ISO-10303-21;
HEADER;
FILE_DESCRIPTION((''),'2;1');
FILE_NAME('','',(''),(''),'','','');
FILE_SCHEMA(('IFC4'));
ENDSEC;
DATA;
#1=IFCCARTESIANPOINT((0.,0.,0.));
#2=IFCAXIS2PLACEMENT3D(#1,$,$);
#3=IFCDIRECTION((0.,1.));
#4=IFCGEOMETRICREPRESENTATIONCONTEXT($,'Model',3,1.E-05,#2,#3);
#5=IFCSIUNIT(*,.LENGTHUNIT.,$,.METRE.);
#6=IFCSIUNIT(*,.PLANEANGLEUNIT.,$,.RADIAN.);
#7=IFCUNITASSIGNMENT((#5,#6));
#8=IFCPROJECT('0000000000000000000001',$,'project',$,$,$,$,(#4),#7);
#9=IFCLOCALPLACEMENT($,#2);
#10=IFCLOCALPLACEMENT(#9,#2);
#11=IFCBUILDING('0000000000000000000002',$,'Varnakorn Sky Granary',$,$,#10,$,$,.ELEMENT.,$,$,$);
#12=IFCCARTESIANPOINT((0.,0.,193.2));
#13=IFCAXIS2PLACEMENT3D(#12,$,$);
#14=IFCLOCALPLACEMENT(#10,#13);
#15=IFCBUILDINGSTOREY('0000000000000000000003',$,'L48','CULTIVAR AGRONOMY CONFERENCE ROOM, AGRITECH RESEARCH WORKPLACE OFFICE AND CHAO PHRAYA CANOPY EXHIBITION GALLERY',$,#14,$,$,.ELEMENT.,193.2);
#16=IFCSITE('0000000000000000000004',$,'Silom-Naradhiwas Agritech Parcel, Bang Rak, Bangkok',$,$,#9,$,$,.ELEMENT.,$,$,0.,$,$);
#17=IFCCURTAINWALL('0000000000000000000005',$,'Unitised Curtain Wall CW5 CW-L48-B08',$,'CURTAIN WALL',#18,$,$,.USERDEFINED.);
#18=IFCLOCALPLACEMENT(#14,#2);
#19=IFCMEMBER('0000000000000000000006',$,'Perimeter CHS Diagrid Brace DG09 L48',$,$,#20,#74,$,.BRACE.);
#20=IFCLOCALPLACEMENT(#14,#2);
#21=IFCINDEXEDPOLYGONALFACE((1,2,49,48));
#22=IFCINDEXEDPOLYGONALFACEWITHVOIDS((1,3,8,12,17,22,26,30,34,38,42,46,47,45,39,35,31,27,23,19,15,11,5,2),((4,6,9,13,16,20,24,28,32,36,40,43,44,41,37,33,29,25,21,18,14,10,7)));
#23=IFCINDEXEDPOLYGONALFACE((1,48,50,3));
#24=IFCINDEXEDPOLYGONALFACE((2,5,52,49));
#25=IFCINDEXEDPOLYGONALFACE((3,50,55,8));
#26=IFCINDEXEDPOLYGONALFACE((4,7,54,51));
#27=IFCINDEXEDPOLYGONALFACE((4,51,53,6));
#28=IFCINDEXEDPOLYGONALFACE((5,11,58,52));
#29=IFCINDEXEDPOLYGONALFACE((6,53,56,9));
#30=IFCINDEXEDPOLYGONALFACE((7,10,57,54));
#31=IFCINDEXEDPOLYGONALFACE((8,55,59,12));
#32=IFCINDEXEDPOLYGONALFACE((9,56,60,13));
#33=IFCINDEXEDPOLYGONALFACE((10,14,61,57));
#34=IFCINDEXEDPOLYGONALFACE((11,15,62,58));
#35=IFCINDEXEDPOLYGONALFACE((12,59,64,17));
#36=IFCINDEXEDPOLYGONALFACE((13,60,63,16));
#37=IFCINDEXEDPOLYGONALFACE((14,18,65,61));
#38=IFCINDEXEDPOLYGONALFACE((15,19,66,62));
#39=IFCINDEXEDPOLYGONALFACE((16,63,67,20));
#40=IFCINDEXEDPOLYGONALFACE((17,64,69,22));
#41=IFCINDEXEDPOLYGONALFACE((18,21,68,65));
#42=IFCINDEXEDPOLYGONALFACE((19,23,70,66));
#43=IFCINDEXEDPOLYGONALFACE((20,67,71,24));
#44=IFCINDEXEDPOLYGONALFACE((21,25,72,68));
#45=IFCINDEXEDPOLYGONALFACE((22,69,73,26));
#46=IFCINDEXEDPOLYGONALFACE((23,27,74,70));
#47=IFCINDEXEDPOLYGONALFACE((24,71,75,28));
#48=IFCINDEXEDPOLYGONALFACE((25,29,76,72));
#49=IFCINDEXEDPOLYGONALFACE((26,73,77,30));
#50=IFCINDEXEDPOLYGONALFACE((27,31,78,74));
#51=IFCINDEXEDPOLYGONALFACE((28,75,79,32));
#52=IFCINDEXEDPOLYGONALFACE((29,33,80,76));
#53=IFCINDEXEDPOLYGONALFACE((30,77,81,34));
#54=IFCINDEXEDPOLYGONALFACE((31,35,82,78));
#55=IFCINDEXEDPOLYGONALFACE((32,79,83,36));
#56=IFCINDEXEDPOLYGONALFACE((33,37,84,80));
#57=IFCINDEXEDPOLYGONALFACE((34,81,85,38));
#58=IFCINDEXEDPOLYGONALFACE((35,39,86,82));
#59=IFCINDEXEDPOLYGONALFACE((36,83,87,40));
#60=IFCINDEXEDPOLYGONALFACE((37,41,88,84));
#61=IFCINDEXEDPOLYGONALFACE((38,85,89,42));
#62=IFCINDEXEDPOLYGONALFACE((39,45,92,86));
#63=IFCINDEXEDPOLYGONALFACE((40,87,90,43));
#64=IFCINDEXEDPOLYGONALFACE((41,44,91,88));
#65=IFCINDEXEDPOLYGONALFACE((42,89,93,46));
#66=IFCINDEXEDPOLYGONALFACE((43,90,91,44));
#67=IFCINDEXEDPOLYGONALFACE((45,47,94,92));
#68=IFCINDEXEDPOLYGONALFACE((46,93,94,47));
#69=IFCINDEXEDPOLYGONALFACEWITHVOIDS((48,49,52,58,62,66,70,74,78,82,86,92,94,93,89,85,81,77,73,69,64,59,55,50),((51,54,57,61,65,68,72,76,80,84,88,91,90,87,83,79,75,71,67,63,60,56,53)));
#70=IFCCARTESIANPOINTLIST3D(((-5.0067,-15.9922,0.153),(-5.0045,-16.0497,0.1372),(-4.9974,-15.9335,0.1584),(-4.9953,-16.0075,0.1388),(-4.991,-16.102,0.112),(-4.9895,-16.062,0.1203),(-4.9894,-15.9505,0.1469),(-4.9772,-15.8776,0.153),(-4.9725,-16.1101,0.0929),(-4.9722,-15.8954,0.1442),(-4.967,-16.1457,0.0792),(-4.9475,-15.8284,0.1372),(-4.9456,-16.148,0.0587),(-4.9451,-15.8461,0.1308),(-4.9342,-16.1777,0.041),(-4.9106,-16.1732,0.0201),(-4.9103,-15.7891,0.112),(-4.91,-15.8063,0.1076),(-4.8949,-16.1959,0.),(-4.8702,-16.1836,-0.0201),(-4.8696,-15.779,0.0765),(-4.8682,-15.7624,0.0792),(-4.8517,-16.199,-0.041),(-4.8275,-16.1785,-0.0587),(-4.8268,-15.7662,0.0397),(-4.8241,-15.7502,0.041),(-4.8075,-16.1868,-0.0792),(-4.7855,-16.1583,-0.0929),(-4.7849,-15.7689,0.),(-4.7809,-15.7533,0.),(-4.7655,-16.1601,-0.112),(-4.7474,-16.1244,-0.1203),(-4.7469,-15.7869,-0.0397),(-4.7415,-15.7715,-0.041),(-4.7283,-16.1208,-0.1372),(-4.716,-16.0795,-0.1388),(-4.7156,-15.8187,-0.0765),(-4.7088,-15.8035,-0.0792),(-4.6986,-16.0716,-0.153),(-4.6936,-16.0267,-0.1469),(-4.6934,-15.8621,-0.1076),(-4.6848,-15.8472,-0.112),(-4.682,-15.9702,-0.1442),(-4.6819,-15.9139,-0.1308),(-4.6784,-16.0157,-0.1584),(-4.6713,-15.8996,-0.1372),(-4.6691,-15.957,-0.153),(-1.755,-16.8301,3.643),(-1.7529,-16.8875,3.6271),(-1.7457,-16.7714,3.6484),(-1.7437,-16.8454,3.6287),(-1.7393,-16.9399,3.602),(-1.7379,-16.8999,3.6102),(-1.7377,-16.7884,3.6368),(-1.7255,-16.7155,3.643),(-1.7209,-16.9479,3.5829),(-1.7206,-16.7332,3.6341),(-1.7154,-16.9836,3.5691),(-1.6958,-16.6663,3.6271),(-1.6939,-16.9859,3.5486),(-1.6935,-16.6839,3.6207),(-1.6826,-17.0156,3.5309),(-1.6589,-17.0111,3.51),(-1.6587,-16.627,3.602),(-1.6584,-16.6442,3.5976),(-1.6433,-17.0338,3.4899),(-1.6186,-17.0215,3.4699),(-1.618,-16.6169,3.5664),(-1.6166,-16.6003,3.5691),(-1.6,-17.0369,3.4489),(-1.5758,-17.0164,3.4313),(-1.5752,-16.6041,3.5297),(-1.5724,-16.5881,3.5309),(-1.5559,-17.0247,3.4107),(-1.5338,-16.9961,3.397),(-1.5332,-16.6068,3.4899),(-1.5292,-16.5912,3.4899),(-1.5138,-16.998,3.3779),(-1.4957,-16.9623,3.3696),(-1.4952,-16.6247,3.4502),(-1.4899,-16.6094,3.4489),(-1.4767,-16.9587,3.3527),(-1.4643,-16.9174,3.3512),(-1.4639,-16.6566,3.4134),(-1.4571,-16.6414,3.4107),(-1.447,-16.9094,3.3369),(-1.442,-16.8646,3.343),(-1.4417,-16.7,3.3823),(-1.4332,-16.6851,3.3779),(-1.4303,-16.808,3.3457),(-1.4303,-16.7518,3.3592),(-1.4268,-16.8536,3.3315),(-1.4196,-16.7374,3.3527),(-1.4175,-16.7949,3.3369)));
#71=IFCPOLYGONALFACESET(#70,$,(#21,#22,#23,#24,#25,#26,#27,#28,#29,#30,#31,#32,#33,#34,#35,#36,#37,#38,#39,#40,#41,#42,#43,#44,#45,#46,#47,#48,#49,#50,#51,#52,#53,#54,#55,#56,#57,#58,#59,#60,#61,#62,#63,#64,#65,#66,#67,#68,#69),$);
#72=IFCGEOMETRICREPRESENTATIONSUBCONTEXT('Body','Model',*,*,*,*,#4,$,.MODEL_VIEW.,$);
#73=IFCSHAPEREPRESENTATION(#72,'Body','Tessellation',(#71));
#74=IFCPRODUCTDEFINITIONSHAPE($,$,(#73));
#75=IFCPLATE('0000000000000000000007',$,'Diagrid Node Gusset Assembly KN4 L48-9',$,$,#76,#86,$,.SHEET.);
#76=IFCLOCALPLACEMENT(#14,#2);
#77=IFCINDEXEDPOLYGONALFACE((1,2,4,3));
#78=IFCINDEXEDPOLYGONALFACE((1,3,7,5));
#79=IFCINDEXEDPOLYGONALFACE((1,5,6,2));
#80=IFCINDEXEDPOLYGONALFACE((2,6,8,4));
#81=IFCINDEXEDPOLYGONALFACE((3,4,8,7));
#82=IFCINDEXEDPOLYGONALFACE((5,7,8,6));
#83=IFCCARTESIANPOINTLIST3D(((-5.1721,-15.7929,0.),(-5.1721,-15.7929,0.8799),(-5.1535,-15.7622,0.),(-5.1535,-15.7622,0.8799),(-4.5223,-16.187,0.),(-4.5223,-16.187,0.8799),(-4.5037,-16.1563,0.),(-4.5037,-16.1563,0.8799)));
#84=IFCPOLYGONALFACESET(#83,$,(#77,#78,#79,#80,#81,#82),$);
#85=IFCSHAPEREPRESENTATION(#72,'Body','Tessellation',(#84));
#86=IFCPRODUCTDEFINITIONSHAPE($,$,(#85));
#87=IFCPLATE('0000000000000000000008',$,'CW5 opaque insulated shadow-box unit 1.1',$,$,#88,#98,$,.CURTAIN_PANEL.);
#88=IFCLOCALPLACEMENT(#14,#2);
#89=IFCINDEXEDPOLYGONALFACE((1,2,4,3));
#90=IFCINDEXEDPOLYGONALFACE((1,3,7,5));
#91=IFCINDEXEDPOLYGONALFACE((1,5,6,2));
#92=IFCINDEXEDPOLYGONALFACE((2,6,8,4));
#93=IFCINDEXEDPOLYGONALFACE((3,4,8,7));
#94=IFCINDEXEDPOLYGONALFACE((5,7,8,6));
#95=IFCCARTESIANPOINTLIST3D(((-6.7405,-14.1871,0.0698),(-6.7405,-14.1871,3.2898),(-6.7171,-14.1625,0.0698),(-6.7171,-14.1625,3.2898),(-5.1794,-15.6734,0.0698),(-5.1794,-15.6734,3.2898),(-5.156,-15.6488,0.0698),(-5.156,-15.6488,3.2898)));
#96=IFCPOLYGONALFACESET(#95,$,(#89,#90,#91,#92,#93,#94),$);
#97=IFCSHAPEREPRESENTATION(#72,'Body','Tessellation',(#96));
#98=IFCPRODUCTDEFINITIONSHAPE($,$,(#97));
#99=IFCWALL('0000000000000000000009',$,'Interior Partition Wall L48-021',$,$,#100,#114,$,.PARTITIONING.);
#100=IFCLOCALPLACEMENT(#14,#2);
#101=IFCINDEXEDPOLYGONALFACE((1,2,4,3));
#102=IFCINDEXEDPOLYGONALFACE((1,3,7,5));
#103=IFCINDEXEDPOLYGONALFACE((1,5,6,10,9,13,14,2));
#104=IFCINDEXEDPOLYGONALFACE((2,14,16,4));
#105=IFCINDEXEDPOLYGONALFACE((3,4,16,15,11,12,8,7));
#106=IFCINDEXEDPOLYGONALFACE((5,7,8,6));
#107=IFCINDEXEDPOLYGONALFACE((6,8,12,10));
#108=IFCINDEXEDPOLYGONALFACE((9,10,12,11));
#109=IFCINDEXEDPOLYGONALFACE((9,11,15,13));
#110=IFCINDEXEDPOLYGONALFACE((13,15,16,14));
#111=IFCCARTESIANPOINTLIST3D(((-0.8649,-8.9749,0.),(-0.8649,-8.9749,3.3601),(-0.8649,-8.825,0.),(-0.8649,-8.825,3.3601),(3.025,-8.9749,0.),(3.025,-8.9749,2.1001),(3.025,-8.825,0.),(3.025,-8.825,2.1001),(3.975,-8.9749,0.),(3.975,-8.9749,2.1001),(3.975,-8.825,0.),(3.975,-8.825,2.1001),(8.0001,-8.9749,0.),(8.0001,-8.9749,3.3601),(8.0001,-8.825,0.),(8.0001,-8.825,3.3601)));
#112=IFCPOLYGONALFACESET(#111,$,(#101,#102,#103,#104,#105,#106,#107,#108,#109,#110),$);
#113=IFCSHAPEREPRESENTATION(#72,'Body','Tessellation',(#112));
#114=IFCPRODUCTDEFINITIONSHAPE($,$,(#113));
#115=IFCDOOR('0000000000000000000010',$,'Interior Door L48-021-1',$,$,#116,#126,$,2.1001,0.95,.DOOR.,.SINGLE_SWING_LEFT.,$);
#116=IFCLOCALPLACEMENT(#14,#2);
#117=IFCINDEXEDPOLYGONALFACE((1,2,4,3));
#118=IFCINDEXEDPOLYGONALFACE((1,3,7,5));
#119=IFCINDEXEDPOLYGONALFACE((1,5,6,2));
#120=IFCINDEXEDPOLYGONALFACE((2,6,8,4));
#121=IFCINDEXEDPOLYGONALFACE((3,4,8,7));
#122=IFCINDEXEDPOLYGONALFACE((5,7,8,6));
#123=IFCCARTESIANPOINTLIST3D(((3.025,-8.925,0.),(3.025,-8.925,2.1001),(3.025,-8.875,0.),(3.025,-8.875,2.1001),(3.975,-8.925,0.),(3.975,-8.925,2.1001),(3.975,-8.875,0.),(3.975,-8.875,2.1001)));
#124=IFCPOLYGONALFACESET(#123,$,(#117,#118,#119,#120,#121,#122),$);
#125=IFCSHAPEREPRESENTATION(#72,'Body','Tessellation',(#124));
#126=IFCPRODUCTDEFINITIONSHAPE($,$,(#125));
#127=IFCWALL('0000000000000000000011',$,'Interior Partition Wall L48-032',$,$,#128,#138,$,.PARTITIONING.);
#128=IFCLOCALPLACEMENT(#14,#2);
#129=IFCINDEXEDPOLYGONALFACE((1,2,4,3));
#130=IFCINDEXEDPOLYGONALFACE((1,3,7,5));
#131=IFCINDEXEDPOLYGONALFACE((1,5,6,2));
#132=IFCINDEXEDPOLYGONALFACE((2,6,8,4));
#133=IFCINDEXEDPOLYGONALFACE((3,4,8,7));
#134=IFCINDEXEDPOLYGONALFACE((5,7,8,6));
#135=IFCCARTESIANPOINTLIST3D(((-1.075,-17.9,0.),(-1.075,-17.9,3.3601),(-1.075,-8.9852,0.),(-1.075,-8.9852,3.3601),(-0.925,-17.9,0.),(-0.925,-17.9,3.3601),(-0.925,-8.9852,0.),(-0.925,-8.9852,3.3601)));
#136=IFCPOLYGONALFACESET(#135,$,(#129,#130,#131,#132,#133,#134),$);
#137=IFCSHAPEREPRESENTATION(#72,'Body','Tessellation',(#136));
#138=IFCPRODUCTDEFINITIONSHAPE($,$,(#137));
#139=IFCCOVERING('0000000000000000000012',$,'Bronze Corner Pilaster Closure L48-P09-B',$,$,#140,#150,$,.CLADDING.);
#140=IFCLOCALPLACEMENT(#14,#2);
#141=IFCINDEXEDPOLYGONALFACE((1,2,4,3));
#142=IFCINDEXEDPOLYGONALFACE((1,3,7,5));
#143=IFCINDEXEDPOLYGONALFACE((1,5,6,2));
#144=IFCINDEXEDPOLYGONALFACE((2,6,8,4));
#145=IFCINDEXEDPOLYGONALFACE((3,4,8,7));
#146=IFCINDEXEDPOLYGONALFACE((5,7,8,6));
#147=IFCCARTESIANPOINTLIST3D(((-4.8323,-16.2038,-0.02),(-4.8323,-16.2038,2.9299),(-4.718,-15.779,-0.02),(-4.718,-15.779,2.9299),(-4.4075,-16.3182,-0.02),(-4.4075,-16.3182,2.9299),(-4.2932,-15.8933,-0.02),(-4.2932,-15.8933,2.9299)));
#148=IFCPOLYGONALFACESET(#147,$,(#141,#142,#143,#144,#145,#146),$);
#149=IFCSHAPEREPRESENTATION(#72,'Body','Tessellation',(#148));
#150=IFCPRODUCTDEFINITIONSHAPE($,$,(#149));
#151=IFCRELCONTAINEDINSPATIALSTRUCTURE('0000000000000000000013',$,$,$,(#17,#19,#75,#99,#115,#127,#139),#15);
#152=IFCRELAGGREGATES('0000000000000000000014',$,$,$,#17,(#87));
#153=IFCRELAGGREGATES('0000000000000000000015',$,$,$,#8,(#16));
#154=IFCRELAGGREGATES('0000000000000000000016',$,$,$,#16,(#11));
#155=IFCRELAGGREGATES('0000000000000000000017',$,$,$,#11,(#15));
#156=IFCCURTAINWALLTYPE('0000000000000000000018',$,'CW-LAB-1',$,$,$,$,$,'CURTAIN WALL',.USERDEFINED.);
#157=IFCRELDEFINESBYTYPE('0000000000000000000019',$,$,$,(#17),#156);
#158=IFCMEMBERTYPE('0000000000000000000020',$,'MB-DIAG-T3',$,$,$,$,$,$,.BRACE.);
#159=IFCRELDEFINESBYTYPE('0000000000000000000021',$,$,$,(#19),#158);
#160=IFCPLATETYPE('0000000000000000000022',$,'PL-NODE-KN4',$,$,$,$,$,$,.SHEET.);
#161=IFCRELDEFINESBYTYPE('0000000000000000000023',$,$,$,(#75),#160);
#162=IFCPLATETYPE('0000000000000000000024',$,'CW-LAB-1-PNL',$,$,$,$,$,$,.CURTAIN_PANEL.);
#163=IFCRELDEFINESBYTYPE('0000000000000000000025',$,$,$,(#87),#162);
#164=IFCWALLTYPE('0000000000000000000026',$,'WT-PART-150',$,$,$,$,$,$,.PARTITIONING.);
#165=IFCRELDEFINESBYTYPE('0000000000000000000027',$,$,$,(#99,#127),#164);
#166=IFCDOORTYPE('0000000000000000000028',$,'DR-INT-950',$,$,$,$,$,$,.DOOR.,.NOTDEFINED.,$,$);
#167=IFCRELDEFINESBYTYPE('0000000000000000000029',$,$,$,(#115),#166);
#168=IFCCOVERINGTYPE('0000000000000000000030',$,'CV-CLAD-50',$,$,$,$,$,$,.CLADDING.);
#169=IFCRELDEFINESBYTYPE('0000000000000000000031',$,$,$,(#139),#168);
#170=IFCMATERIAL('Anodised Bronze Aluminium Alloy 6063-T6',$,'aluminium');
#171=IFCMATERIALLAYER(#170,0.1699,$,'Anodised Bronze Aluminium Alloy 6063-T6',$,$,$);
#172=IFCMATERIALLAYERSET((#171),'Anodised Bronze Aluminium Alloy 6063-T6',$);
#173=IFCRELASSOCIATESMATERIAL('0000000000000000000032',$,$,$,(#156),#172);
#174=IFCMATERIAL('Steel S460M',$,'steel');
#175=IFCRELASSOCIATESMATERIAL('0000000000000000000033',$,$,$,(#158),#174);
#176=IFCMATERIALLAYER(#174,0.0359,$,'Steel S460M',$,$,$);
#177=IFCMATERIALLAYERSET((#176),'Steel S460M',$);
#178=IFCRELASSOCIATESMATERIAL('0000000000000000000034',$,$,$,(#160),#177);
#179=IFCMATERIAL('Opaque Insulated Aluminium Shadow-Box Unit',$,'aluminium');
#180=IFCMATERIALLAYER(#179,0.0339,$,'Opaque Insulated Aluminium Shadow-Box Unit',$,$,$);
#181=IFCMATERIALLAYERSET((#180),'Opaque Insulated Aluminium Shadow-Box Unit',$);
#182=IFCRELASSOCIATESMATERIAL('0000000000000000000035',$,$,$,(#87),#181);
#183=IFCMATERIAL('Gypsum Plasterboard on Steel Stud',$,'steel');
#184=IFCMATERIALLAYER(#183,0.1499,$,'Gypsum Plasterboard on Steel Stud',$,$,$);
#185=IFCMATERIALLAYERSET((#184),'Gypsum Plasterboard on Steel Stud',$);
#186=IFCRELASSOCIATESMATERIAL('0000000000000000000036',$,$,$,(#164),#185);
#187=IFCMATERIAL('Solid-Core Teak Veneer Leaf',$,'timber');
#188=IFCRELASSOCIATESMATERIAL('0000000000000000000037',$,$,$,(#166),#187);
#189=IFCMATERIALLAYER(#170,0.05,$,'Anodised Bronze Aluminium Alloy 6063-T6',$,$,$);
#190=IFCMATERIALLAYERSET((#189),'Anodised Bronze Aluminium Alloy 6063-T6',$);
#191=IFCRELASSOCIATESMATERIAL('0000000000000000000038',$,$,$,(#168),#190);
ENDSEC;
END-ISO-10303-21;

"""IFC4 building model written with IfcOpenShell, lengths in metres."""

from ifc_helpers import new_model, si_unit, direction, frame, frame_2d, origin, origin_2d, place, context, subcontext, project, spatial, rectangle, hollow_circle, extrude, source, transform, mapped, material, layer, layer_set, material_profile, profile_set, type_object, type_shapes, element, fill, aggregate, save


model = new_model("IFC4")

# Units and contexts
model_context = context("Model", 3, precision=1e-05, world=origin(), true_north=direction((0.0, 1.0)))
body_context = subcontext(model_context, "Body", "Model", "MODEL_VIEW")
ifc_project = project(units=[si_unit("LENGTHUNIT", "METRE"), si_unit("PLANEANGLEUNIT", "RADIAN")], contexts=[model_context])

# Site, building, storey
site_placement = place(None, origin())
site = spatial("IfcSite", under=ifc_project, at=site_placement, Name="Silom-Naradhiwas Agritech Parcel, Bang Rak, Bangkok", CompositionType="ELEMENT", RefElevation=0.0)
building_placement = place(site_placement, origin())
building = spatial("IfcBuilding", under=site, at=building_placement, Name="Varnakorn Sky Granary", CompositionType="ELEMENT")
storey_placement = place(building_placement, frame((0.0, 0.0, 193.2)))
storey = spatial("IfcBuildingStorey", under=building, at=storey_placement, Name="L48", Description="CULTIVAR AGRONOMY CONFERENCE ROOM, AGRITECH RESEARCH WORKPLACE OFFICE AND CHAO PHRAYA CANOPY EXHIBITION GALLERY", CompositionType="ELEMENT", Elevation=193.2)

# Shared definitions
ifc_material_1 = material(Name="Steel S460M", Category="steel")

# Curtain wall
ifc_material_2 = material(Name="Anodised Bronze Aluminium Alloy 6063-T6", Category="aluminium")
ifc_layer_1 = layer(ifc_material_2, 0.1699, Name="Anodised Bronze Aluminium Alloy 6063-T6")
ifc_layer_set_1 = layer_set([ifc_layer_1], Name="Anodised Bronze Aluminium Alloy 6063-T6")
curtain_wall_type = type_object("IfcCurtainWallType", Name="CW-LAB-1", ElementType="CURTAIN WALL", PredefinedType="USERDEFINED", material=ifc_layer_set_1)
curtain_wall_placement = place(storey_placement, origin())
curtain_wall = element("IfcCurtainWall", 1, at=curtain_wall_placement, inside=storey, type_object=curtain_wall_type, Name="Unitised Curtain Wall CW5 CW-L48-B08", ObjectType="CURTAIN WALL", PredefinedType="USERDEFINED")

# Member
ifc_material_profile_1 = material_profile(ifc_material_1, hollow_circle(Radius=0.2285, WallThickness=0.0161, at=origin_2d()), Name="CHS 457x16")
ifc_profile_set_1 = profile_set([ifc_material_profile_1], Name="Steel S460M")
member_type_1 = type_object("IfcMemberType", Name="MB-DIAG-T3", PredefinedType="BRACE", material=ifc_profile_set_1)
member_1_placement = place(storey_placement, frame((-4.8379, -15.9746, 0.0), z_axis=(0.671409, -0.173007, 0.720609), x_axis=(0.249526, 0.968368, 0.0)))
element("IfcMember", 2, at=member_1_placement, inside=storey, type_object=member_type_1, Name="Perimeter CHS Diagrid Brace DG09 L48", PredefinedType="BRACE", context=body_context, shape_type="SweptSolid", body=[
    extrude(hollow_circle(Radius=0.2285, WallThickness=0.0161, at=origin_2d()), origin(), (0.0, 0.0, 1.0), 4.843),
])

# Plates
ifc_layer_2 = layer(ifc_material_1, 0.0359, Name="Steel S460M")
ifc_layer_set_2 = layer_set([ifc_layer_2], Name="Steel S460M")
plate_type_1 = type_object("IfcPlateType", Name="PL-NODE-KN4", PredefinedType="SHEET", material=ifc_layer_set_2)
plate_1_placement = place(storey_placement, frame((-4.8379, -15.9746, 0.0), z_axis=(0.0, 0.0, 1.0), x_axis=(0.855047, -0.518551, 0.0)))
element("IfcPlate", 3, at=plate_1_placement, inside=storey, type_object=plate_type_1, Name="Diagrid Node Gusset Assembly KN4 L48-9", PredefinedType="SHEET", context=body_context, shape_type="SweptSolid", body=[
    extrude(rectangle(XDim=0.76, YDim=0.0359, at=origin_2d()), origin(), (0.0, 0.0, 1.0), 0.8799),
])
ifc_material_3 = material(Name="Opaque Insulated Aluminium Shadow-Box Unit", Category="aluminium")
ifc_layer_3 = layer(ifc_material_3, 0.0339, Name="Opaque Insulated Aluminium Shadow-Box Unit")
ifc_layer_set_3 = layer_set([ifc_layer_3], Name="Opaque Insulated Aluminium Shadow-Box Unit")
plate_type_2 = type_object("IfcPlateType", Name="CW-LAB-1-PNL", PredefinedType="CURTAIN_PANEL")
shared_shape_1 = source(origin(), body_context, "Body", "SweptSolid", [
    extrude(rectangle(XDim=2.1555, YDim=0.0339, at=origin_2d()), origin(), (0.0, 0.0, 1.0), 3.22),
])
type_shapes(plate_type_2, [shared_shape_1])
plate_2_placement = place(storey_placement, frame((-5.9482, -14.918, 0.0698), z_axis=(0.0, 0.0, 1.0), x_axis=(-0.72427, 0.689516, 0.0)))
plate_2 = element("IfcPlate", 4, at=plate_2_placement, type_object=plate_type_2, material=ifc_layer_set_3, Name="CW5 opaque insulated shadow-box unit 1.1", PredefinedType="CURTAIN_PANEL", context=body_context, shape_type="MappedRepresentation", body=[
    mapped(shared_shape_1, transform((0.0, 0.0, 0.0), x_axis=(1.0, 0.0, 0.0), y_axis=(0.0, 1.0, 0.0), z_axis=(0.0, 0.0, 1.0), scale=1.0)),
])
aggregate(curtain_wall, [plate_2])

# Wall, opening, door
ifc_material_4 = material(Name="Gypsum Plasterboard on Steel Stud", Category="steel")
ifc_layer_4 = layer(ifc_material_4, 0.1499, Name="Gypsum Plasterboard on Steel Stud")
ifc_layer_set_4 = layer_set([ifc_layer_4], Name="Gypsum Plasterboard on Steel Stud")
wall_type = type_object("IfcWallType", Name="WT-PART-150", PredefinedType="PARTITIONING", material=ifc_layer_set_4)
wall_1_placement = place(storey_placement, frame((-0.865, -8.8999, 0.0), z_axis=(0.0, 0.0, 1.0), x_axis=(1.0, 0.0, 0.0)))
wall_1 = element("IfcWall", 5, at=wall_1_placement, inside=storey, type_object=wall_type, Name="Interior Partition Wall L48-021", PredefinedType="PARTITIONING", context=body_context, shape_type="SweptSolid", body=[
    extrude(rectangle(XDim=8.865, YDim=0.1499, at=frame_2d((4.4326, 0.0))), origin(), (0.0, 0.0, 1.0), 3.3601),
])
opening_placement = place(wall_1_placement, frame((3.8899, 0.0, 0.0)))
opening = element("IfcOpeningElement", 6, at=opening_placement, cuts=wall_1, PredefinedType="OPENING", context=body_context, shape_type="SweptSolid", body=[
    extrude(rectangle(XDim=0.95, YDim=2.1001, at=frame_2d((0.4751, 1.05))), frame((0.0, 0.085, 0.0), z_axis=(0.0, -1.0, 0.0), x_axis=(1.0, 0.0, 0.0)), (0.0, 0.0, 1.0), 0.1699),
])
ifc_material_5 = material(Name="Solid-Core Teak Veneer Leaf", Category="timber")
door_type = type_object("IfcDoorType", Name="DR-INT-950", OperationType="NOTDEFINED", PredefinedType="DOOR", material=ifc_material_5)
door_placement = place(opening_placement, origin())
door = element("IfcDoor", 7, at=door_placement, inside=storey, type_object=door_type, Name="Interior Door L48-021-1", OperationType="SINGLE_SWING_LEFT", OverallHeight=2.1001, OverallWidth=0.95, PredefinedType="DOOR", context=body_context, shape_type="SweptSolid", body=[
    extrude(rectangle(XDim=0.95, YDim=2.1001, at=frame_2d((0.4751, 1.05))), frame((0.0, 0.0249, 0.0), z_axis=(0.0, -1.0, 0.0), x_axis=(1.0, 0.0, 0.0)), (0.0, 0.0, 1.0), 0.05),
])
fill(opening, door)

# Wall
wall_2_placement = place(storey_placement, frame((-1.0, -8.9851, 0.0), z_axis=(0.0, 0.0, 1.0), x_axis=(0.0, -1.0, 0.0)))
element("IfcWall", 8, at=wall_2_placement, inside=storey, type_object=wall_type, Name="Interior Partition Wall L48-032", PredefinedType="PARTITIONING", context=body_context, shape_type="SweptSolid", body=[
    extrude(rectangle(XDim=8.9148, YDim=0.1499, at=frame_2d((4.4575, 0.0))), origin(), (0.0, 0.0, 1.0), 3.3601),
])

# Covering
ifc_layer_5 = layer(ifc_material_2, 0.05, Name="Anodised Bronze Aluminium Alloy 6063-T6")
ifc_layer_set_5 = layer_set([ifc_layer_5], Name="Anodised Bronze Aluminium Alloy 6063-T6")
covering_type = type_object("IfcCoveringType", Name="CV-CLAD-50", PredefinedType="CLADDING", material=ifc_layer_set_5)
shared_shape_2 = source(origin(), body_context, "Body", "SweptSolid", [
    extrude(rectangle(XDim=0.4399, YDim=0.4399, at=origin_2d()), origin(), (0.0, 0.0, 1.0), 2.95),
])
type_shapes(covering_type, [shared_shape_2])
covering_placement = place(storey_placement, frame((-4.5627, -16.0486, -0.02), z_axis=(0.0, 0.0, 1.0), x_axis=(-0.965654, 0.25983, 0.0)))
element("IfcCovering", 9, at=covering_placement, inside=storey, type_object=covering_type, Name="Bronze Corner Pilaster Closure L48-P09-B", PredefinedType="CLADDING", context=body_context, shape_type="MappedRepresentation", body=[
    mapped(shared_shape_2, transform((0.0, 0.0, 0.0), x_axis=(1.0, 0.0, 0.0), y_axis=(0.0, 1.0, 0.0), z_axis=(0.0, 0.0, 1.0), scale=1.0)),
])

save(model, "model.ifc")
